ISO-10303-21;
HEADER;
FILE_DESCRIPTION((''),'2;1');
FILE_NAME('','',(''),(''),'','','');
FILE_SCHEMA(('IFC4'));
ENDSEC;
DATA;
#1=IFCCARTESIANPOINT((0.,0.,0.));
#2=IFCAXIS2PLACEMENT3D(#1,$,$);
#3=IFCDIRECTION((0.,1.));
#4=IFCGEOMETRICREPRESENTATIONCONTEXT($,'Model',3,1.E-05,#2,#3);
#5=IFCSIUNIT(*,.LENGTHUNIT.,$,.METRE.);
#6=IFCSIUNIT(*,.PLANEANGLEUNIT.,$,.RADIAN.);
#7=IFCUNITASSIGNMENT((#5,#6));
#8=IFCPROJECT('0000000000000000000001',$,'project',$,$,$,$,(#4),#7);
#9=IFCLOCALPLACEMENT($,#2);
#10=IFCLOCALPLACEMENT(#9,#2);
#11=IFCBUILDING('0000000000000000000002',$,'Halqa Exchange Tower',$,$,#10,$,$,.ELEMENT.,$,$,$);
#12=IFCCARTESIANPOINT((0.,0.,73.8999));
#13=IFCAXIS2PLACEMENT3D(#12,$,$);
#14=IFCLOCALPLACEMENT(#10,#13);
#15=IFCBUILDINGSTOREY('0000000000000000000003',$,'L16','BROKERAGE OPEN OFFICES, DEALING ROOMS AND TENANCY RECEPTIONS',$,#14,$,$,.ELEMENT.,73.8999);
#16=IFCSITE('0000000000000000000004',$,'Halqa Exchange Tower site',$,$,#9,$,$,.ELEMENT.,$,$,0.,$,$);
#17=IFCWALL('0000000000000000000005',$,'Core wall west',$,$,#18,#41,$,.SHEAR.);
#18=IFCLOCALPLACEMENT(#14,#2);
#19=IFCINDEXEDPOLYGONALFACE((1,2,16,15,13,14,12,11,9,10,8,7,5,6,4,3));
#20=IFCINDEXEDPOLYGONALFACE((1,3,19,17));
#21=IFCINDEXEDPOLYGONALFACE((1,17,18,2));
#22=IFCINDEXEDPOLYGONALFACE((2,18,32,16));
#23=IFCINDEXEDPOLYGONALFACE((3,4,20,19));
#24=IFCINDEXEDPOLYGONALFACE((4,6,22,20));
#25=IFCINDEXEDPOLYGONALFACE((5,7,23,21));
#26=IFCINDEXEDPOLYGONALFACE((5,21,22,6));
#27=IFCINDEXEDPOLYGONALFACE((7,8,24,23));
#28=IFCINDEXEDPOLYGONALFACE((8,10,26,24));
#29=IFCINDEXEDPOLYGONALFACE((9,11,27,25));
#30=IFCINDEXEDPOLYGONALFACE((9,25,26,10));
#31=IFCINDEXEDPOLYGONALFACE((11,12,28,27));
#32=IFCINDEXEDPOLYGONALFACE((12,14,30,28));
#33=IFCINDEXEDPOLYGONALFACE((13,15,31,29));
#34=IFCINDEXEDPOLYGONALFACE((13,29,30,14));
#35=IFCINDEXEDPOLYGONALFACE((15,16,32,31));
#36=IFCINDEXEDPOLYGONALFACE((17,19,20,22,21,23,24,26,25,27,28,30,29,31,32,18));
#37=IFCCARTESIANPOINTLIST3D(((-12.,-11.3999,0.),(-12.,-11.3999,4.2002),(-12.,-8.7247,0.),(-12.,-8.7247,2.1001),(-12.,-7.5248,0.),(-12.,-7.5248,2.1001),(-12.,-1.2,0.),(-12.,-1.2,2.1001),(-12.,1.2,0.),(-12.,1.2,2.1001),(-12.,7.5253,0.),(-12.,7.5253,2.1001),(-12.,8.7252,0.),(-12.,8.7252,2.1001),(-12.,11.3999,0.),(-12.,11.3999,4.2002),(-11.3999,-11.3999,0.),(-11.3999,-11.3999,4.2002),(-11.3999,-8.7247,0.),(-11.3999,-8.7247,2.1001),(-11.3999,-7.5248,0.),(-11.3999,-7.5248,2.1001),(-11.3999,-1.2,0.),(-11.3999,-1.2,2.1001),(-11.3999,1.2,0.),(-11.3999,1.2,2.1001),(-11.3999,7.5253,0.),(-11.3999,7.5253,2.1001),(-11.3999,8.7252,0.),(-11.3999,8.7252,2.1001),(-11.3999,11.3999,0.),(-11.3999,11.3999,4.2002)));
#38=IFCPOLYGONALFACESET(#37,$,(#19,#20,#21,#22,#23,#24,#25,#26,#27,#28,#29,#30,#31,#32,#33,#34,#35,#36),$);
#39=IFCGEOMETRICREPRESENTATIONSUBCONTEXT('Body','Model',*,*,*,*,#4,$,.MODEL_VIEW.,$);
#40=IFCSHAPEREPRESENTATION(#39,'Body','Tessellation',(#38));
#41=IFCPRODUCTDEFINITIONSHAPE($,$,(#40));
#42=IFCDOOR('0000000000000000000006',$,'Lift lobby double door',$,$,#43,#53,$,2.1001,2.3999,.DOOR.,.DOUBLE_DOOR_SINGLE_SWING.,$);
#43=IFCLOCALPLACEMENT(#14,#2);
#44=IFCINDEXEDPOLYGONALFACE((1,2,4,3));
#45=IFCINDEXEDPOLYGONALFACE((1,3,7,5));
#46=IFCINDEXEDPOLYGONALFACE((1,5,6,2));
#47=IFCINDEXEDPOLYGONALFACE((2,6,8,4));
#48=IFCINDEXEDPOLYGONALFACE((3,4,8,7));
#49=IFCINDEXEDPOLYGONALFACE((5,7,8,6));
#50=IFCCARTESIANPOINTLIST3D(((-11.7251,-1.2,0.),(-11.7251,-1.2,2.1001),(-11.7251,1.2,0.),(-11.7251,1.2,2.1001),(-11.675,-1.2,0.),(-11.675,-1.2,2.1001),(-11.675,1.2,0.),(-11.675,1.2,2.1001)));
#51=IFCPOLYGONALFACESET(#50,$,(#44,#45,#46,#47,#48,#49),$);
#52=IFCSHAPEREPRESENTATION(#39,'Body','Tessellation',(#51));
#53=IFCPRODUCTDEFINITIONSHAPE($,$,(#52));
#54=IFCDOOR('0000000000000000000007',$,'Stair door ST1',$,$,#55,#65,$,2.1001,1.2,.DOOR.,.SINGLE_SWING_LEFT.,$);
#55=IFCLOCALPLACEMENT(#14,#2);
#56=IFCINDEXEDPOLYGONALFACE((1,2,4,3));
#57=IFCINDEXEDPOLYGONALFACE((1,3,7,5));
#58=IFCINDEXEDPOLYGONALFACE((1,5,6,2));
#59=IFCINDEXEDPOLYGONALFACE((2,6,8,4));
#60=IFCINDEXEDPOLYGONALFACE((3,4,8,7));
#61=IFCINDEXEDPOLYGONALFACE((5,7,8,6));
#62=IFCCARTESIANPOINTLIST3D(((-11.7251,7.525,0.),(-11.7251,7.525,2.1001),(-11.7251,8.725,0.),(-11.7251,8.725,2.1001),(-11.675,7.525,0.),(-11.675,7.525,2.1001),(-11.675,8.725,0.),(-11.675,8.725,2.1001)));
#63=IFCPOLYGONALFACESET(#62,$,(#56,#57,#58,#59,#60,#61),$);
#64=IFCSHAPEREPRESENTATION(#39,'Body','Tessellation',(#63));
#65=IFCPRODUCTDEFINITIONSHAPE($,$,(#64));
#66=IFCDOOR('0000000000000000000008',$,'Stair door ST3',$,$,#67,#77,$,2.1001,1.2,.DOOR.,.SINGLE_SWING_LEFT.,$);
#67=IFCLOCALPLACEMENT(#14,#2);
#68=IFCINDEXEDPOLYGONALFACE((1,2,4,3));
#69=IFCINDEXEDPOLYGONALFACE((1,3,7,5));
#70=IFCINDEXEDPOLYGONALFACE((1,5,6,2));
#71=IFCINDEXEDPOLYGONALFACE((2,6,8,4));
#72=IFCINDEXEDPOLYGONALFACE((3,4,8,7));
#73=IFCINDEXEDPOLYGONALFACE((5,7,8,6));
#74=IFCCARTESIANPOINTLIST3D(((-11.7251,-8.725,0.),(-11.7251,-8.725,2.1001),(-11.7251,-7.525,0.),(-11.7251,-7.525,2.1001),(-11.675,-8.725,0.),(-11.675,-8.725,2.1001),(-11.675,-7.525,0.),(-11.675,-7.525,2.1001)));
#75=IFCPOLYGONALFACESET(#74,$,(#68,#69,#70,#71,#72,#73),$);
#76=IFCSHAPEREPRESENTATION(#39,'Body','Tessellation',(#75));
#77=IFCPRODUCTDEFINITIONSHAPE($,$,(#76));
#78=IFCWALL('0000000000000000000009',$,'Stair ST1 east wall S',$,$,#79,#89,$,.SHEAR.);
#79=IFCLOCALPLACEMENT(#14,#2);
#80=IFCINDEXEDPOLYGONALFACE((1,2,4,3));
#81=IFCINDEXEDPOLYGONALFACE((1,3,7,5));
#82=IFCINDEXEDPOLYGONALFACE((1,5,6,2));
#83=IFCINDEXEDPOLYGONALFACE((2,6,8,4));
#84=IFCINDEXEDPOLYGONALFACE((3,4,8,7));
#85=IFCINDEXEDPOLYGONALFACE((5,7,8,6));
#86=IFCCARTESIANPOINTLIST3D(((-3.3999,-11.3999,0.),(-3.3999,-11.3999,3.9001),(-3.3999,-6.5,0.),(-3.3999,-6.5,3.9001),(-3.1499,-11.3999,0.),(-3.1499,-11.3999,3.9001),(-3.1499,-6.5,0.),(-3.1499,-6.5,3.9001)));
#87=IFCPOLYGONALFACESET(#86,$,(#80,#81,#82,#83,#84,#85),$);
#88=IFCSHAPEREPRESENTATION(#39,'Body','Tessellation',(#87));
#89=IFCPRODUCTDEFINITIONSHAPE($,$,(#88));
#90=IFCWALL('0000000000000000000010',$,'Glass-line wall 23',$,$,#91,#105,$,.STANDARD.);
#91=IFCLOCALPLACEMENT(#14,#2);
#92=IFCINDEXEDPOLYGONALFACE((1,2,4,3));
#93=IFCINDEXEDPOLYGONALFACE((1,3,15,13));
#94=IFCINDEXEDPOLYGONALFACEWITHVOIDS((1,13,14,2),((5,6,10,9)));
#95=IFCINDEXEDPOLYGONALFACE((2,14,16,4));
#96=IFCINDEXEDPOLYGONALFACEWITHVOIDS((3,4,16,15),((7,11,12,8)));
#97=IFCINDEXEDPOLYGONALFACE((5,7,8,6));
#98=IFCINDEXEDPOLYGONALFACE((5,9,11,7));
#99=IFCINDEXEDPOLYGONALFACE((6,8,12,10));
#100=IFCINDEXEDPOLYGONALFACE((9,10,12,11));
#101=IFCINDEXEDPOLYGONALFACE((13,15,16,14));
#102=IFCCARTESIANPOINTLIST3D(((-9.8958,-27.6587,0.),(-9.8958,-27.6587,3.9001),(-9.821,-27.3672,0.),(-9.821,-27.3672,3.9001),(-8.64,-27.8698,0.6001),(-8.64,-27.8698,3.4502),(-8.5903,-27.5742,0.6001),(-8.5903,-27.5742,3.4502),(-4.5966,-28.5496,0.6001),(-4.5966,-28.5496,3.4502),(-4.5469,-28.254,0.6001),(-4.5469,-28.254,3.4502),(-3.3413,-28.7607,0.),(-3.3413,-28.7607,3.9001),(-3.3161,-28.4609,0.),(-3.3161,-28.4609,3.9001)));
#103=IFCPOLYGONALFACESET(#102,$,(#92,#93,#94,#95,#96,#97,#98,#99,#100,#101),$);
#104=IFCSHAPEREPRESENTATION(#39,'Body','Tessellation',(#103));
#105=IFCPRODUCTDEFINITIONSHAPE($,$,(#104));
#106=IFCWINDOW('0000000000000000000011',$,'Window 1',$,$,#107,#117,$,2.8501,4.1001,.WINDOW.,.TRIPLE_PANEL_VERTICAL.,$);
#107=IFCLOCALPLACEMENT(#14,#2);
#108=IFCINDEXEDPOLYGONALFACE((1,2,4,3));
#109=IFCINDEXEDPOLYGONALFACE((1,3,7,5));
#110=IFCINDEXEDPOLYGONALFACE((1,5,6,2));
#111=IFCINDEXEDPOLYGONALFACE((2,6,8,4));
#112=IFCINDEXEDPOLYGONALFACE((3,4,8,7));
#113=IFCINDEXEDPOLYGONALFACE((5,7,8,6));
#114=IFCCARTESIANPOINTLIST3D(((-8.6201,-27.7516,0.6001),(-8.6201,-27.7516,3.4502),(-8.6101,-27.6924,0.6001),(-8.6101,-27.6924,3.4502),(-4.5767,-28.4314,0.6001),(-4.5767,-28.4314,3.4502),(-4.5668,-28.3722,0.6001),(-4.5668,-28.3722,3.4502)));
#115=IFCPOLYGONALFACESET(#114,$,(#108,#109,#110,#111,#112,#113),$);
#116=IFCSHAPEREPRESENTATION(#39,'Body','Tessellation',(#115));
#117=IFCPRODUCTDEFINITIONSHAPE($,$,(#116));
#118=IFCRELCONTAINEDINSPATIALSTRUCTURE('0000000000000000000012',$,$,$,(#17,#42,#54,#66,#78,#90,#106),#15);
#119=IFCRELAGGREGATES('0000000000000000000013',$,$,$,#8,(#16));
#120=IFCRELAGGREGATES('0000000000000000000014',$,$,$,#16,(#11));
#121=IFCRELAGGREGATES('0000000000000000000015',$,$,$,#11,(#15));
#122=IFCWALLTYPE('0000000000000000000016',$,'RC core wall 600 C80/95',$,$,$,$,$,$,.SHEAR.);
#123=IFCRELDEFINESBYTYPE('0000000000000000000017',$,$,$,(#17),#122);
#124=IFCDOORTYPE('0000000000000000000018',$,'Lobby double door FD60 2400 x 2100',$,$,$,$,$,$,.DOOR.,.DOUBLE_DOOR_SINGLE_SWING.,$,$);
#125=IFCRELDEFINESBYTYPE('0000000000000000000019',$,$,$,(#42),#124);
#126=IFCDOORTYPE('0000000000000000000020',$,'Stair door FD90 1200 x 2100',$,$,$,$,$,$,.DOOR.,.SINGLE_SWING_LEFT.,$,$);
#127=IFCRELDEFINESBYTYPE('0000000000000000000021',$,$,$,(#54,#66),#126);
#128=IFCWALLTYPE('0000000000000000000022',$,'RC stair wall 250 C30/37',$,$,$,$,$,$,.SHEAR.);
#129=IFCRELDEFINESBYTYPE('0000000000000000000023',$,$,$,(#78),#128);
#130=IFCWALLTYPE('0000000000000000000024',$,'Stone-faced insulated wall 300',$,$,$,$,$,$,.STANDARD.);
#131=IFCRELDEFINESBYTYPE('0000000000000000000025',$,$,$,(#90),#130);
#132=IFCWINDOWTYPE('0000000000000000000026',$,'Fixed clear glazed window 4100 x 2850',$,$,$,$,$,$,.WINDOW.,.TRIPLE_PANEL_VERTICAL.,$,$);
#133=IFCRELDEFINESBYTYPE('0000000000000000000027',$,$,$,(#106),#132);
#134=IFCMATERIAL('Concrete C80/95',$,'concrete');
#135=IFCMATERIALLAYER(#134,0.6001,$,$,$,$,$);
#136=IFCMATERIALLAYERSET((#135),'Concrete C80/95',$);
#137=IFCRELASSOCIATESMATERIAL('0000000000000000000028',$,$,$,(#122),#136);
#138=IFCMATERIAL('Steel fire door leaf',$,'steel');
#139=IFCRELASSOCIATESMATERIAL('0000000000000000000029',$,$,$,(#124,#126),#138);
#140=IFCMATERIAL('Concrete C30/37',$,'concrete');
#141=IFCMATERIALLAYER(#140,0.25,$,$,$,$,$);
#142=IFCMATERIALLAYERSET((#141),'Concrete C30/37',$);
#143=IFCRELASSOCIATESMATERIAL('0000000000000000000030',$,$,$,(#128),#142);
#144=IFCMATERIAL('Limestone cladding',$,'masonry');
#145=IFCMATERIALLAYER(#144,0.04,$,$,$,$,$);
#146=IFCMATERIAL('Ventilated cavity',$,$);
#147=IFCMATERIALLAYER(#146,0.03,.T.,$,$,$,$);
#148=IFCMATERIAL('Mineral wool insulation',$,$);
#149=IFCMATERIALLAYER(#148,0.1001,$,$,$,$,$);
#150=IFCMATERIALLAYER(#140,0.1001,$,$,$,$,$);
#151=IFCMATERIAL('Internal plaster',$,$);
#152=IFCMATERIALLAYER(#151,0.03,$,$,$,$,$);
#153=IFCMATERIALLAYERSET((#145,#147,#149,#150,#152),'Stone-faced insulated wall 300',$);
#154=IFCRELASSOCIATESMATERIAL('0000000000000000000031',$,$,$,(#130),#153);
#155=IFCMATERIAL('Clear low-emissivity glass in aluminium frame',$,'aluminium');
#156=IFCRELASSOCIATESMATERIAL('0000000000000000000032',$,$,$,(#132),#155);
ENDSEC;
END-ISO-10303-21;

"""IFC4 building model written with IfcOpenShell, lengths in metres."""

from ifc_helpers import new_model, si_unit, direction, frame, frame_2d, origin, place, context, subcontext, project, spatial, polyline, rectangle, outline, extrude, material, layer, layer_set, type_object, element, fill, save


model = new_model("IFC4")

# Units and contexts
model_context = context("Model", 3, precision=1e-05, world=origin(), true_north=direction((0.0, 1.0)))
body_context = subcontext(model_context, "Body", "Model", "MODEL_VIEW")
ifc_project = project(units=[si_unit("LENGTHUNIT", "METRE"), si_unit("PLANEANGLEUNIT", "RADIAN")], contexts=[model_context])

# Site, building, storey
site_placement = place(None, origin())
site = spatial("IfcSite", under=ifc_project, at=site_placement, Name="Halqa Exchange Tower site", CompositionType="ELEMENT", RefElevation=0.0)
building_placement = place(site_placement, origin())
building = spatial("IfcBuilding", under=site, at=building_placement, Name="Halqa Exchange Tower", CompositionType="ELEMENT")
storey_placement = place(building_placement, frame((0.0, 0.0, 73.8999)))
storey = spatial("IfcBuildingStorey", under=building, at=storey_placement, Name="L16", Description="BROKERAGE OPEN OFFICES, DEALING ROOMS AND TENANCY RECEPTIONS", CompositionType="ELEMENT", Elevation=73.8999)

# Wall, openings, doors
ifc_material_1 = material(Name="Concrete C80/95", Category="concrete")
ifc_layer_1 = layer(ifc_material_1, 0.6001)
ifc_layer_set_1 = layer_set([ifc_layer_1], Name="Concrete C80/95")
wall_type_1 = type_object("IfcWallType", Name="RC core wall 600 C80/95", PredefinedType="SHEAR", material=ifc_layer_set_1)
wall_1_placement = place(storey_placement, frame((-11.7, -11.3999, 0.0), z_axis=(0.0, 0.0, 1.0), x_axis=(0.0, 1.0, 0.0)))
wall_1 = element("IfcWall", 1, at=wall_1_placement, inside=storey, type_object=wall_type_1, Name="Core wall west", PredefinedType="SHEAR", context=body_context, shape_type="SweptSolid", body=[
    extrude(rectangle(XDim=22.7998, YDim=0.6001, at=frame_2d((11.3999, 0.0))), origin(), (0.0, 0.0, 1.0), 4.2002),
])
opening_1_placement = place(wall_1_placement, frame((10.2, 0.0, 0.0)))
opening_1 = element("IfcOpeningElement", 2, at=opening_1_placement, cuts=wall_1, PredefinedType="OPENING", context=body_context, shape_type="SweptSolid", body=[
    extrude(rectangle(XDim=2.3999, YDim=2.1001, at=frame_2d((1.2, 1.05))), frame((0.0, 0.312, 0.0), z_axis=(0.0, -1.0, 0.0), x_axis=(1.0, 0.0, 0.0)), (0.0, 0.0, 1.0), 0.624),
])
opening_2_placement = place(wall_1_placement, frame((18.925, 0.0, 0.0)))
opening_2 = element("IfcOpeningElement", 3, at=opening_2_placement, cuts=wall_1, PredefinedType="OPENING", context=body_context, shape_type="SweptSolid", body=[
    extrude(rectangle(XDim=1.2, YDim=2.1001, at=frame_2d((0.6001, 1.05))), frame((0.0, 0.312, 0.0), z_axis=(0.0, -1.0, 0.0), x_axis=(1.0, 0.0, 0.0)), (0.0, 0.0, 1.0), 0.624),
])
opening_3_placement = place(wall_1_placement, frame((2.675, 0.0, 0.0)))
opening_3 = element("IfcOpeningElement", 4, at=opening_3_placement, cuts=wall_1, PredefinedType="OPENING", context=body_context, shape_type="SweptSolid", body=[
    extrude(rectangle(XDim=1.2, YDim=2.1001, at=frame_2d((0.6001, 1.05))), frame((0.0, 0.312, 0.0), z_axis=(0.0, -1.0, 0.0), x_axis=(1.0, 0.0, 0.0)), (0.0, 0.0, 1.0), 0.624),
])
ifc_material_2 = material(Name="Steel fire door leaf", Category="steel")
door_type_1 = type_object("IfcDoorType", Name="Lobby double door FD60 2400 x 2100", OperationType="DOUBLE_DOOR_SINGLE_SWING", PredefinedType="DOOR", material=ifc_material_2)
door_1_placement = place(opening_1_placement, frame((2.3999, 0.0, 0.0), z_axis=(0.0, 0.0, 1.0), x_axis=(-1.0, 0.0, 0.0)))
door_1 = element("IfcDoor", 5, at=door_1_placement, inside=storey, type_object=door_type_1, Name="Lift lobby double door", OperationType="DOUBLE_DOOR_SINGLE_SWING", OverallHeight=2.1001, OverallWidth=2.3999, PredefinedType="DOOR", context=body_context, shape_type="SweptSolid", body=[
    extrude(rectangle(XDim=2.3999, YDim=2.1001, at=frame_2d((1.2, 1.05))), frame((0.0, 0.0249, 0.0), z_axis=(0.0, -1.0, 0.0), x_axis=(1.0, 0.0, 0.0)), (0.0, 0.0, 1.0), 0.05),
])
fill(opening_1, door_1)
door_type_2 = type_object("IfcDoorType", Name="Stair door FD90 1200 x 2100", OperationType="SINGLE_SWING_LEFT", PredefinedType="DOOR", material=ifc_material_2)
door_2_placement = place(opening_2_placement, frame((1.2, 0.0, 0.0), z_axis=(0.0, 0.0, 1.0), x_axis=(-1.0, 0.0, 0.0)))
door_2 = element("IfcDoor", 6, at=door_2_placement, inside=storey, type_object=door_type_2, Name="Stair door ST1", OperationType="SINGLE_SWING_LEFT", OverallHeight=2.1001, OverallWidth=1.2, PredefinedType="DOOR", context=body_context, shape_type="SweptSolid", body=[
    extrude(rectangle(XDim=1.2, YDim=2.1001, at=frame_2d((0.6001, 1.05))), frame((0.0, 0.0249, 0.0), z_axis=(0.0, -1.0, 0.0), x_axis=(1.0, 0.0, 0.0)), (0.0, 0.0, 1.0), 0.05),
])
fill(opening_2, door_2)
door_3_placement = place(opening_3_placement, frame((1.2, 0.0, 0.0), z_axis=(0.0, 0.0, 1.0), x_axis=(-1.0, 0.0, 0.0)))
door_3 = element("IfcDoor", 7, at=door_3_placement, inside=storey, type_object=door_type_2, Name="Stair door ST3", OperationType="SINGLE_SWING_LEFT", OverallHeight=2.1001, OverallWidth=1.2, PredefinedType="DOOR", context=body_context, shape_type="SweptSolid", body=[
    extrude(rectangle(XDim=1.2, YDim=2.1001, at=frame_2d((0.6001, 1.05))), frame((0.0, 0.0249, 0.0), z_axis=(0.0, -1.0, 0.0), x_axis=(1.0, 0.0, 0.0)), (0.0, 0.0, 1.0), 0.05),
])
fill(opening_3, door_3)

# Wall
ifc_material_3 = material(Name="Concrete C30/37", Category="concrete")
ifc_layer_2 = layer(ifc_material_3, 0.25)
ifc_layer_set_2 = layer_set([ifc_layer_2], Name="Concrete C30/37")
wall_type_2 = type_object("IfcWallType", Name="RC stair wall 250 C30/37", PredefinedType="SHEAR", material=ifc_layer_set_2)
wall_2_placement = place(storey_placement, frame((-3.2749, -11.3999, 0.0), z_axis=(0.0, 0.0, 1.0), x_axis=(0.0, 1.0, 0.0)))
element("IfcWall", 8, at=wall_2_placement, inside=storey, type_object=wall_type_2, Name="Stair ST1 east wall S", PredefinedType="SHEAR", context=body_context, shape_type="SweptSolid", body=[
    extrude(rectangle(XDim=4.8999, YDim=0.25, at=frame_2d((2.45, 0.0))), origin(), (0.0, 0.0, 1.0), 3.9001),
])

# Wall, opening, window
ifc_material_4 = material(Name="Limestone cladding", Category="masonry")
ifc_layer_3 = layer(ifc_material_4, 0.04)
ifc_material_5 = material(Name="Ventilated cavity")
ifc_layer_4 = layer(ifc_material_5, 0.03, ventilated=True)
ifc_material_6 = material(Name="Mineral wool insulation")
ifc_layer_5 = layer(ifc_material_6, 0.1001)
ifc_layer_6 = layer(ifc_material_3, 0.1001)
ifc_material_7 = material(Name="Internal plaster")
ifc_layer_7 = layer(ifc_material_7, 0.03)
ifc_layer_set_3 = layer_set([ifc_layer_3, ifc_layer_4, ifc_layer_5, ifc_layer_6, ifc_layer_7], Name="Stone-faced insulated wall 300")
wall_type_3 = type_object("IfcWallType", Name="Stone-faced insulated wall 300", PredefinedType="STANDARD", material=ifc_layer_set_3)
wall_3_placement = place(storey_placement, frame((-9.8584, -27.5129, 0.0), z_axis=(0.0, 0.0, 1.0), x_axis=(0.986158, -0.16581, 0.0)))
wall_3 = element("IfcWall", 9, at=wall_3_placement, inside=storey, type_object=wall_type_3, Name="Glass-line wall 23", PredefinedType="STANDARD", context=body_context, shape_type="SweptSolid", body=[
    extrude(outline(polyline([(-0.0127, -0.1499), (6.6338, -0.1499), (6.6089, 0.1499), (0.0127, 0.1499), (-0.0127, -0.1499)])), origin(), (0.0, 0.0, 1.0), 3.9001),
])
opening_4_placement = place(wall_3_placement, frame((1.2607, 0.0, 0.6001)))
opening_4 = element("IfcOpeningElement", 10, at=opening_4_placement, cuts=wall_3, PredefinedType="OPENING", context=body_context, shape_type="SweptSolid", body=[
    extrude(rectangle(XDim=4.1001, YDim=2.8501, at=frame_2d((2.05, 1.425))), frame((0.0, 0.1621, 0.0), z_axis=(0.0, -1.0, 0.0), x_axis=(1.0, 0.0, 0.0)), (0.0, 0.0, 1.0), 0.324),
])
ifc_material_8 = material(Name="Clear low-emissivity glass in aluminium frame", Category="aluminium")
window_type = type_object("IfcWindowType", Name="Fixed clear glazed window 4100 x 2850", PartitioningType="TRIPLE_PANEL_VERTICAL", PredefinedType="WINDOW", material=ifc_material_8)
window_placement = place(opening_4_placement, origin())
window = element("IfcWindow", 11, at=window_placement, inside=storey, type_object=window_type, Name="Window 1", OverallHeight=2.8501, OverallWidth=4.1001, PartitioningType="TRIPLE_PANEL_VERTICAL", PredefinedType="WINDOW", context=body_context, shape_type="SweptSolid", body=[
    extrude(rectangle(XDim=4.1001, YDim=2.8501, at=frame_2d((2.05, 1.425))), frame((0.0, 0.03, 0.0), z_axis=(0.0, -1.0, 0.0), x_axis=(1.0, 0.0, 0.0)), (0.0, 0.0, 1.0), 0.0601),
])
fill(opening_4, window)

save(model, "model.ifc")
